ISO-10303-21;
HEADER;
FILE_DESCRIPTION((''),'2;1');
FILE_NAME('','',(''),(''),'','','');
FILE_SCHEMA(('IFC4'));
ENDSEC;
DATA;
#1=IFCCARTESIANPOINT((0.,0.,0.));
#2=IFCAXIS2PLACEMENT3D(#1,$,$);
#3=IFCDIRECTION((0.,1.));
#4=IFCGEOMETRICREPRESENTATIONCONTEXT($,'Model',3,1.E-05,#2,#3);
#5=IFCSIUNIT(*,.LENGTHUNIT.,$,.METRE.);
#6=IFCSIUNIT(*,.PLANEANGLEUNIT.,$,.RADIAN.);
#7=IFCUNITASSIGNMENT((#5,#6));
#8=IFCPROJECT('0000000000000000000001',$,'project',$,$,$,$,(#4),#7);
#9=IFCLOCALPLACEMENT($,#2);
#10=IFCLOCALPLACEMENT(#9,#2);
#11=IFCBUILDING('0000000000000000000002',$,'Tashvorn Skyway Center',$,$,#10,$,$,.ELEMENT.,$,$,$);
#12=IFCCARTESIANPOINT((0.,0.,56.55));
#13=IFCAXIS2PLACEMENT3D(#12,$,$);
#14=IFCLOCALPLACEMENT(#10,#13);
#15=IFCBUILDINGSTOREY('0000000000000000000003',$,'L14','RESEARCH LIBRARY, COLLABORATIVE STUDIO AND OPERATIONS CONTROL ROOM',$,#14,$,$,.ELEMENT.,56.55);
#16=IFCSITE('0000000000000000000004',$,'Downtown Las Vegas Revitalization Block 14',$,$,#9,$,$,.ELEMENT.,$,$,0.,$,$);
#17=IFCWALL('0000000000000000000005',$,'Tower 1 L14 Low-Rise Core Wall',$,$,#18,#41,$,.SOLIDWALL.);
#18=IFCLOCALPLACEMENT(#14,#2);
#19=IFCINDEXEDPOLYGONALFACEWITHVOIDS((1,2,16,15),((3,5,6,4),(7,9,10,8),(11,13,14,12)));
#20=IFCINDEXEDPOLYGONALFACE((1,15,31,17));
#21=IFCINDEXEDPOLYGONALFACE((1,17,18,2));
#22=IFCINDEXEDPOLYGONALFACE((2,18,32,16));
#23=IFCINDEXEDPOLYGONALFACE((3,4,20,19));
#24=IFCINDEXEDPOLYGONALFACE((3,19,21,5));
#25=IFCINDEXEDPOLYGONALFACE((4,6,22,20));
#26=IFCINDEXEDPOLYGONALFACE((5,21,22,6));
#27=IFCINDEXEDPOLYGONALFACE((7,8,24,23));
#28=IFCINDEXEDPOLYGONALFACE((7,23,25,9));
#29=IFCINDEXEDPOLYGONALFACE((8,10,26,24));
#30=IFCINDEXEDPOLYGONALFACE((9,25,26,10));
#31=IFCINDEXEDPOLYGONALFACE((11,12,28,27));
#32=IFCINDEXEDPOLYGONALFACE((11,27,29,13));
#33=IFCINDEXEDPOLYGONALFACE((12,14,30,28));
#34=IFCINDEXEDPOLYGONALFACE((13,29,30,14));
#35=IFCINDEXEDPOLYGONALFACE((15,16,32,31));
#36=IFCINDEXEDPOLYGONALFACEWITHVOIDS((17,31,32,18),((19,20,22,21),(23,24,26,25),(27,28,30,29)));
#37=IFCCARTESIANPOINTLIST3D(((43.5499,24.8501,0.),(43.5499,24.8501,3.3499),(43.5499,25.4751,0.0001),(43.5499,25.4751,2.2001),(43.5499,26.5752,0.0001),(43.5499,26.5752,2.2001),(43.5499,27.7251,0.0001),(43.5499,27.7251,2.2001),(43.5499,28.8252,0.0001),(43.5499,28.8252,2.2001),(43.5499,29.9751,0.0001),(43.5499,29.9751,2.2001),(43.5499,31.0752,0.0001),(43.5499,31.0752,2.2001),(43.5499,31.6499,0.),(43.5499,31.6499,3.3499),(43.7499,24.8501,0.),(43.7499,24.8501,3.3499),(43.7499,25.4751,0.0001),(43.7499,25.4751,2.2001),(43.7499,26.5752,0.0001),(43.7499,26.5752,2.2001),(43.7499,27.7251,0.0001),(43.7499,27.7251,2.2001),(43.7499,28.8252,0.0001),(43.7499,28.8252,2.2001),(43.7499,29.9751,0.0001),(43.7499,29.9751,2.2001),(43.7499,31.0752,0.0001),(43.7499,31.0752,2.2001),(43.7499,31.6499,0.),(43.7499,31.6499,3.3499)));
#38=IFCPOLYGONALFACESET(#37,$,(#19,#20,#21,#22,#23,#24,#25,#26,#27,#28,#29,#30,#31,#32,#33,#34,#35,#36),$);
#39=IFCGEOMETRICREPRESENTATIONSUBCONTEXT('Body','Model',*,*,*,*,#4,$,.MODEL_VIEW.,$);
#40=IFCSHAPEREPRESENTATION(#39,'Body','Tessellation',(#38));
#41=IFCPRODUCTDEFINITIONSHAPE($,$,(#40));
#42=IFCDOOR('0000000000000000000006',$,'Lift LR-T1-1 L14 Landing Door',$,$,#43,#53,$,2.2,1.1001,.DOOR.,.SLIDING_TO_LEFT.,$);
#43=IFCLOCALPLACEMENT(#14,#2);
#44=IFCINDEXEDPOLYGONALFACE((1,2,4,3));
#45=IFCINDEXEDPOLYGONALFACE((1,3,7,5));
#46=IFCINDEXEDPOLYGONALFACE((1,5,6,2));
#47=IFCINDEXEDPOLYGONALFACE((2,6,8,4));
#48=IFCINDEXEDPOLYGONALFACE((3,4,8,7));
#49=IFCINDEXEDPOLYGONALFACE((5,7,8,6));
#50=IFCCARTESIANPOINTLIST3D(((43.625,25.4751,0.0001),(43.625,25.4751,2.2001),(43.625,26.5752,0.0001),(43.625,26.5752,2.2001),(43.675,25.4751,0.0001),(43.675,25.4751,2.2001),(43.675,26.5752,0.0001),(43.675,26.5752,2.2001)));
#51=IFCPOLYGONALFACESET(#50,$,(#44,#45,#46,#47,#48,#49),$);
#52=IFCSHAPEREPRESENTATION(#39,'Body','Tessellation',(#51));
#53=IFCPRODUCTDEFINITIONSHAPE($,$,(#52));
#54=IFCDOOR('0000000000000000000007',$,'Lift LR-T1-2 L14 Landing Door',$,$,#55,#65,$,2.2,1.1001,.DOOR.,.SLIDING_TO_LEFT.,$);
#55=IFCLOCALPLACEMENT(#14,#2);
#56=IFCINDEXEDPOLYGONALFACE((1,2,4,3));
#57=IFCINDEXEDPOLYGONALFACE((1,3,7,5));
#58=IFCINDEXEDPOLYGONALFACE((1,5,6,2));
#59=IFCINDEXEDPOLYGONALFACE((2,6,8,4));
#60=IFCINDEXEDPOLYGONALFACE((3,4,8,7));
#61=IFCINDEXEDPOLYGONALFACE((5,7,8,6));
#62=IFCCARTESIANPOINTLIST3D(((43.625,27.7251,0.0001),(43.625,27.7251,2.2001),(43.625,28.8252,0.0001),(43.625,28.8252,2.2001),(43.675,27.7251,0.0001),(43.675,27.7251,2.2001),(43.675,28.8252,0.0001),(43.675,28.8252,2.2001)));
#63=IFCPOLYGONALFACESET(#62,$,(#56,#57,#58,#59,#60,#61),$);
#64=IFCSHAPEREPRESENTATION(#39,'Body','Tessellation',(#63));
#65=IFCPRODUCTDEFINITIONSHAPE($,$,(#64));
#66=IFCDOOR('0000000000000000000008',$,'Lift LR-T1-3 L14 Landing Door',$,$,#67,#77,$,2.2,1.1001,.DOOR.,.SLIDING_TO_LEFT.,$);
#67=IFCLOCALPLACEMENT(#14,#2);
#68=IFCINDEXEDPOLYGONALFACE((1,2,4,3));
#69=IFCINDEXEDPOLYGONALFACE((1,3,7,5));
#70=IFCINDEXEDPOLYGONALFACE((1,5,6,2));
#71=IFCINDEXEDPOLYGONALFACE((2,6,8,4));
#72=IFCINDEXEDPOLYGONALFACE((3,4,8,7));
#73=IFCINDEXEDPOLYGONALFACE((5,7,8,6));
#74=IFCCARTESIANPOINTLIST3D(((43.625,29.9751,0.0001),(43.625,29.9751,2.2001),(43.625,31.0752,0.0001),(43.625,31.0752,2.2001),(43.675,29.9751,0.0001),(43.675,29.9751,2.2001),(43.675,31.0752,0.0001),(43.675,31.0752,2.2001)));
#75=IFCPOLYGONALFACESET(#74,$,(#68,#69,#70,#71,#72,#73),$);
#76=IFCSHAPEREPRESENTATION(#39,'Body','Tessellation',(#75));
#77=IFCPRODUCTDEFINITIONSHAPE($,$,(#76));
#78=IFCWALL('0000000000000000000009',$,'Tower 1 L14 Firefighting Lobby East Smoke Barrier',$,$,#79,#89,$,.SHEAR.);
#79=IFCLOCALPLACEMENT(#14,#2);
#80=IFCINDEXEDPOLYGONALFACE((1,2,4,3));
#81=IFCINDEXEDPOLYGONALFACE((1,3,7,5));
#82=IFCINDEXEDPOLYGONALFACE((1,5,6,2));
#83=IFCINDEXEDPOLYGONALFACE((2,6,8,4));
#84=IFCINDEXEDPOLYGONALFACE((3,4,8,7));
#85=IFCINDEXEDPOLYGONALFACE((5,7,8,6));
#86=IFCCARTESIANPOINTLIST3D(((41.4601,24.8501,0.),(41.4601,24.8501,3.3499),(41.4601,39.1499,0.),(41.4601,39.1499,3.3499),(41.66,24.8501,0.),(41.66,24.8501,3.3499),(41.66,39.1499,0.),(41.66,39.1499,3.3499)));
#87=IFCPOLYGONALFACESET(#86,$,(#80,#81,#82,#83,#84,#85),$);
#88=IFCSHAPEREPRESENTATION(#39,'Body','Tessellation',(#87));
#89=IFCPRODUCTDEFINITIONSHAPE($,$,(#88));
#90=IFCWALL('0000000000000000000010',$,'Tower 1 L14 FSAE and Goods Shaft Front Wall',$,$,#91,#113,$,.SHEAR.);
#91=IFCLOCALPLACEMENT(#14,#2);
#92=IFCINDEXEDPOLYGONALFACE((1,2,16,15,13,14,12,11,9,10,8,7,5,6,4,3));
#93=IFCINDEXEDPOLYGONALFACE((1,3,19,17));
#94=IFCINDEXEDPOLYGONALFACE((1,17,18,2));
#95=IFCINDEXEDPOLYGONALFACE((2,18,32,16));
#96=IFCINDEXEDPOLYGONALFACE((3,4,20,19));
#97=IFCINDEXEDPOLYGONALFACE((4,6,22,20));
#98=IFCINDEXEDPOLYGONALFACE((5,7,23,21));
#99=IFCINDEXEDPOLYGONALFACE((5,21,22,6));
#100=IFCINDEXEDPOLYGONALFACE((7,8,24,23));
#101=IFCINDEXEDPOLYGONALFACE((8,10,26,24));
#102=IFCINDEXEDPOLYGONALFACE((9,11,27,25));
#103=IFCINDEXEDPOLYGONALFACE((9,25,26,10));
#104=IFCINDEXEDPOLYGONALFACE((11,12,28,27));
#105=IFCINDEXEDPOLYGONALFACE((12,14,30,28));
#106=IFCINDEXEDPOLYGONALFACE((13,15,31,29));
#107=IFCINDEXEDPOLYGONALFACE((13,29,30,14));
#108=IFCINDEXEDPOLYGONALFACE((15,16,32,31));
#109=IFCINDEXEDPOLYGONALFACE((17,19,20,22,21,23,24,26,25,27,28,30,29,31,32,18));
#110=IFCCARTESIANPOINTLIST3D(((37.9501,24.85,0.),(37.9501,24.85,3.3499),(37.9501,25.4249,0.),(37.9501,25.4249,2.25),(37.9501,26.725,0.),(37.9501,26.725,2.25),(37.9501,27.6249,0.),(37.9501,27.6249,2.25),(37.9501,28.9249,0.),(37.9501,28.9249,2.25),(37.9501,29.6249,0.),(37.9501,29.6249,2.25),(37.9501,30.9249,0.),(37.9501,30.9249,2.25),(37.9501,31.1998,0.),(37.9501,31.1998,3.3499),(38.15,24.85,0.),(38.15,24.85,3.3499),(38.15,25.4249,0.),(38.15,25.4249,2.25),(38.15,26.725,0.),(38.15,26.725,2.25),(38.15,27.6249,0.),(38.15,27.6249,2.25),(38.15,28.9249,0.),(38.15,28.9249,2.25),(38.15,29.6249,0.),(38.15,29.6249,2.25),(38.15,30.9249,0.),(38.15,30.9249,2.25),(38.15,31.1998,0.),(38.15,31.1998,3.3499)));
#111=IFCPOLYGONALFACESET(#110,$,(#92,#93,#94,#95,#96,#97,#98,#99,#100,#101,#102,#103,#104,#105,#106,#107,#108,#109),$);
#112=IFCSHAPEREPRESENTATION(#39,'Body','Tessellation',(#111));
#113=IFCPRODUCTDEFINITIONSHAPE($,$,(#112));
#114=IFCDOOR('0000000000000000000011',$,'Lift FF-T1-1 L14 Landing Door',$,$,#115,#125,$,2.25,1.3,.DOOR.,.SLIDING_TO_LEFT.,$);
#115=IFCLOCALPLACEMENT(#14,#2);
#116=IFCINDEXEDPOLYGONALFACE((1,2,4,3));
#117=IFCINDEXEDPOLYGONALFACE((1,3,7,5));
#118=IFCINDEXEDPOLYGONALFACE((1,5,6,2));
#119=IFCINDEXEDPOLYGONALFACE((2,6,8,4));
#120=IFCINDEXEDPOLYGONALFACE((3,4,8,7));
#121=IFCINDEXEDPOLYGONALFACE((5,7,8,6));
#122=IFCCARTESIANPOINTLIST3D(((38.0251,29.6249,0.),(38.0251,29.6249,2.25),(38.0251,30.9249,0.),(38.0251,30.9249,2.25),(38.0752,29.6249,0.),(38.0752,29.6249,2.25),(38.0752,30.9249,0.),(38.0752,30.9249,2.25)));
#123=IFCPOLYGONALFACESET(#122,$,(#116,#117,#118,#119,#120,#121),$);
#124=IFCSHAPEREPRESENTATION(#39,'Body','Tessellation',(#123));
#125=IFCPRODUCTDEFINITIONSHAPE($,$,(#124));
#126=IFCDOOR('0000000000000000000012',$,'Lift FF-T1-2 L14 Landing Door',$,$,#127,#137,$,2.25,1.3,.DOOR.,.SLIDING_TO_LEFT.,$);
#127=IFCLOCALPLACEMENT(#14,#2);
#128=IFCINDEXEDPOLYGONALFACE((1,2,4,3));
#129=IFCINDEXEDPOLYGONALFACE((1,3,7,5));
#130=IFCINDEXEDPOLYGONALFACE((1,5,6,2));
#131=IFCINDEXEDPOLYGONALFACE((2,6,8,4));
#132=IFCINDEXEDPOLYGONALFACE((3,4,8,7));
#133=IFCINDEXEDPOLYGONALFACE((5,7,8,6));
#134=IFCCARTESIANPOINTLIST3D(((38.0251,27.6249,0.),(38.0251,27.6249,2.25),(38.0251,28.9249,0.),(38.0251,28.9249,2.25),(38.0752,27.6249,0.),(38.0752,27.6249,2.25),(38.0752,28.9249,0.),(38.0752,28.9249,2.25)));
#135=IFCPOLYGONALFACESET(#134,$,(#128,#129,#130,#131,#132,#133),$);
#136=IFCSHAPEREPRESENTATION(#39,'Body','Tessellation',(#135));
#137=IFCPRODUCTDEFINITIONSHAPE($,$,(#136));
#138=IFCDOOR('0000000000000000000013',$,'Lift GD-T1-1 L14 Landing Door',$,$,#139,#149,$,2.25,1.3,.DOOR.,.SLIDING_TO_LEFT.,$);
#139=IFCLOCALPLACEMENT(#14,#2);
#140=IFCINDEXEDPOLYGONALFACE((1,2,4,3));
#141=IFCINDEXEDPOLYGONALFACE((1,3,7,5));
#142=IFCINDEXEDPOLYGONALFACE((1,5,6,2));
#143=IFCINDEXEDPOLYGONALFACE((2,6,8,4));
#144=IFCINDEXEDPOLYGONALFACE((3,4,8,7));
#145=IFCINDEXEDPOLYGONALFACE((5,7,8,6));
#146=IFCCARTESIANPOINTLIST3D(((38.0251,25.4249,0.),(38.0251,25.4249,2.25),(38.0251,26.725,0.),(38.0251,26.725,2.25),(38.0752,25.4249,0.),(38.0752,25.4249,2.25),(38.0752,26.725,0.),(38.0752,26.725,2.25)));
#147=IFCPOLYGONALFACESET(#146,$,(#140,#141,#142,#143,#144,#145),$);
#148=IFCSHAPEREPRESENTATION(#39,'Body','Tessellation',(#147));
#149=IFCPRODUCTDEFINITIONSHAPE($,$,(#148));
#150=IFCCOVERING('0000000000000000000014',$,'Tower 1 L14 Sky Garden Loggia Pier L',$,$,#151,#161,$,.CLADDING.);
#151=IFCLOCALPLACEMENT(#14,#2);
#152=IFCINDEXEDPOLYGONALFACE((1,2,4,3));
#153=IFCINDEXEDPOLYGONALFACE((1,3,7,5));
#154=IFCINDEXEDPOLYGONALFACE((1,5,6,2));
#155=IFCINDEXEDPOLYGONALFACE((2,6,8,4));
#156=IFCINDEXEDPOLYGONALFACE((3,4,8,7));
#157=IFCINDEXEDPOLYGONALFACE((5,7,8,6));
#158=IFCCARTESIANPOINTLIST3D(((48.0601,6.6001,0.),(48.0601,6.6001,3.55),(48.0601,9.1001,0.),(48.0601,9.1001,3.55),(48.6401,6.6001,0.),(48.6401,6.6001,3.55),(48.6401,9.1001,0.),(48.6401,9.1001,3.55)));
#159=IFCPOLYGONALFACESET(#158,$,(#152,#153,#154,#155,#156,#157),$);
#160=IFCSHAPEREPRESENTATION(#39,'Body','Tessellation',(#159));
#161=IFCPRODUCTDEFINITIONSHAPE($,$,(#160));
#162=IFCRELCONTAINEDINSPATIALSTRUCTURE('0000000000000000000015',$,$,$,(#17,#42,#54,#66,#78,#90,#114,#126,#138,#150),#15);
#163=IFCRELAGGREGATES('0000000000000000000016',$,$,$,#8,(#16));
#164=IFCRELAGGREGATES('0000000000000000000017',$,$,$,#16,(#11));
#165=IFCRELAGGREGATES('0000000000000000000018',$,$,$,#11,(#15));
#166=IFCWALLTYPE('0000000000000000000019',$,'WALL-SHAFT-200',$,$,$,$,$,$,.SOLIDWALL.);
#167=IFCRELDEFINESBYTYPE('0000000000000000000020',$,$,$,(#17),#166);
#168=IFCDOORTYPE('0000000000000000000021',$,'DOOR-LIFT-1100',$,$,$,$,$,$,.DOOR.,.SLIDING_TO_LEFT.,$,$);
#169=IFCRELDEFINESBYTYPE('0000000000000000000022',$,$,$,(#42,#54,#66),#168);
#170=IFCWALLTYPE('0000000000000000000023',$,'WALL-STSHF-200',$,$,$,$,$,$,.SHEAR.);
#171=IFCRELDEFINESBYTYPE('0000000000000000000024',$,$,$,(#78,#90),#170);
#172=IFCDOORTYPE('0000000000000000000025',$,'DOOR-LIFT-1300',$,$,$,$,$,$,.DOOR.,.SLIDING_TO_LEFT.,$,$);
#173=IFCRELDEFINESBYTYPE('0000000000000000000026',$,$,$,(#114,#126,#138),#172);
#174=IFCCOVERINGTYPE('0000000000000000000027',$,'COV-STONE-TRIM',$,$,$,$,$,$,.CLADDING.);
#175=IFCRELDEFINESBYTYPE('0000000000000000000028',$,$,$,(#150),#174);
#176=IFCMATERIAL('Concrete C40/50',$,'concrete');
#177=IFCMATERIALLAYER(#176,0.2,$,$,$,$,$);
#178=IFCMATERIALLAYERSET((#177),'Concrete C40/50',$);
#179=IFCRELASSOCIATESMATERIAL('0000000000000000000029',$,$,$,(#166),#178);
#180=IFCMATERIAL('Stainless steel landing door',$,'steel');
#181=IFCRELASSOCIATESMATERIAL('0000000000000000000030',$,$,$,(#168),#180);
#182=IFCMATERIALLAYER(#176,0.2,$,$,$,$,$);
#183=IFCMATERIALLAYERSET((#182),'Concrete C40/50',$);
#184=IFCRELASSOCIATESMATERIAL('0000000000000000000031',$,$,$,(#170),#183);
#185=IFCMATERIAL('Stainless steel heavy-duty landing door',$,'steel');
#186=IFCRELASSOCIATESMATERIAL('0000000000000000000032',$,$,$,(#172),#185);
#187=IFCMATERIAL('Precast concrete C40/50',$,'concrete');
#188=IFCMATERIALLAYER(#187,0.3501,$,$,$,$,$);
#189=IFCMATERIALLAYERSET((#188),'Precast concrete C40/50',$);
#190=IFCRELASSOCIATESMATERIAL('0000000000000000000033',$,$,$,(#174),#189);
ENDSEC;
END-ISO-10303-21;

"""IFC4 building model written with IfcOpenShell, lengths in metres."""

from ifc_helpers import new_model, si_unit, direction, frame, frame_2d, origin, origin_2d, place, context, subcontext, project, spatial, rectangle, extrude, material, layer, layer_set, type_object, element, fill, save


model = new_model("IFC4")

# Units and contexts
model_context = context("Model", 3, precision=1e-05, world=origin(), true_north=direction((0.0, 1.0)))
body_context = subcontext(model_context, "Body", "Model", "MODEL_VIEW")
ifc_project = project(units=[si_unit("LENGTHUNIT", "METRE"), si_unit("PLANEANGLEUNIT", "RADIAN")], contexts=[model_context])

# Site, building, storey
site_placement = place(None, origin())
site = spatial("IfcSite", under=ifc_project, at=site_placement, Name="Downtown Las Vegas Revitalization Block 14", CompositionType="ELEMENT", RefElevation=0.0)
building_placement = place(site_placement, origin())
building = spatial("IfcBuilding", under=site, at=building_placement, Name="Tashvorn Skyway Center", CompositionType="ELEMENT")
storey_placement = place(building_placement, frame((0.0, 0.0, 56.55)))
storey = spatial("IfcBuildingStorey", under=building, at=storey_placement, Name="L14", Description="RESEARCH LIBRARY, COLLABORATIVE STUDIO AND OPERATIONS CONTROL ROOM", CompositionType="ELEMENT", Elevation=56.55)

# Wall, openings, doors
ifc_material_1 = material(Name="Concrete C40/50", Category="concrete")
ifc_layer_1 = layer(ifc_material_1, 0.2)
ifc_layer_set_1 = layer_set([ifc_layer_1], Name="Concrete C40/50")
wall_type_1 = type_object("IfcWallType", Name="WALL-SHAFT-200", PredefinedType="SOLIDWALL", material=ifc_layer_set_1)
wall_1_placement = place(storey_placement, frame((43.6499, 24.8501, 0.0), z_axis=(0.0, 0.0, 1.0), x_axis=(0.0, 1.0, 0.0)))
wall_1 = element("IfcWall", 1, at=wall_1_placement, inside=storey, type_object=wall_type_1, Name="Tower 1 L14 Low-Rise Core Wall", PredefinedType="SOLIDWALL", context=body_context, shape_type="SweptSolid", body=[
    extrude(rectangle(XDim=6.7998, YDim=0.2, at=frame_2d((3.3999, 0.0))), origin(), (0.0, 0.0, 1.0), 3.3499),
])
opening_1_placement = place(wall_1_placement, frame((0.625, 0.0, 0.0)))
opening_1 = element("IfcOpeningElement", 2, at=opening_1_placement, cuts=wall_1, PredefinedType="OPENING", context=body_context, shape_type="SweptSolid", body=[
    extrude(rectangle(XDim=1.1001, YDim=2.2, at=frame_2d((0.55, 1.1001))), frame((0.0, 0.1099, 0.0), z_axis=(0.0, -1.0, 0.0), x_axis=(1.0, 0.0, 0.0)), (0.0, 0.0, 1.0), 0.22),
])
opening_2_placement = place(wall_1_placement, frame((2.875, 0.0, 0.0)))
opening_2 = element("IfcOpeningElement", 3, at=opening_2_placement, cuts=wall_1, PredefinedType="OPENING", context=body_context, shape_type="SweptSolid", body=[
    extrude(rectangle(XDim=1.1001, YDim=2.2, at=frame_2d((0.55, 1.1001))), frame((0.0, 0.1099, 0.0), z_axis=(0.0, -1.0, 0.0), x_axis=(1.0, 0.0, 0.0)), (0.0, 0.0, 1.0), 0.22),
])
opening_3_placement = place(wall_1_placement, frame((5.125, 0.0, 0.0)))
opening_3 = element("IfcOpeningElement", 4, at=opening_3_placement, cuts=wall_1, PredefinedType="OPENING", context=body_context, shape_type="SweptSolid", body=[
    extrude(rectangle(XDim=1.1001, YDim=2.2, at=frame_2d((0.55, 1.1001))), frame((0.0, 0.1099, 0.0), z_axis=(0.0, -1.0, 0.0), x_axis=(1.0, 0.0, 0.0)), (0.0, 0.0, 1.0), 0.22),
])
ifc_material_2 = material(Name="Stainless steel landing door", Category="steel")
door_type_1 = type_object("IfcDoorType", Name="DOOR-LIFT-1100", OperationType="SLIDING_TO_LEFT", PredefinedType="DOOR", material=ifc_material_2)
door_1_placement = place(opening_1_placement, origin())
door_1 = element("IfcDoor", 5, at=door_1_placement, inside=storey, type_object=door_type_1, Name="Lift LR-T1-1 L14 Landing Door", OperationType="SLIDING_TO_LEFT", OverallHeight=2.2, OverallWidth=1.1001, PredefinedType="DOOR", context=body_context, shape_type="SweptSolid", body=[
    extrude(rectangle(XDim=1.1001, YDim=2.2, at=frame_2d((0.55, 1.1001))), frame((0.0, 0.0249, 0.0), z_axis=(0.0, -1.0, 0.0), x_axis=(1.0, 0.0, 0.0)), (0.0, 0.0, 1.0), 0.05),
])
fill(opening_1, door_1)
door_2_placement = place(opening_2_placement, origin())
door_2 = element("IfcDoor", 6, at=door_2_placement, inside=storey, type_object=door_type_1, Name="Lift LR-T1-2 L14 Landing Door", OperationType="SLIDING_TO_LEFT", OverallHeight=2.2, OverallWidth=1.1001, PredefinedType="DOOR", context=body_context, shape_type="SweptSolid", body=[
    extrude(rectangle(XDim=1.1001, YDim=2.2, at=frame_2d((0.55, 1.1001))), frame((0.0, 0.0249, 0.0), z_axis=(0.0, -1.0, 0.0), x_axis=(1.0, 0.0, 0.0)), (0.0, 0.0, 1.0), 0.05),
])
fill(opening_2, door_2)
door_3_placement = place(opening_3_placement, origin())
door_3 = element("IfcDoor", 7, at=door_3_placement, inside=storey, type_object=door_type_1, Name="Lift LR-T1-3 L14 Landing Door", OperationType="SLIDING_TO_LEFT", OverallHeight=2.2, OverallWidth=1.1001, PredefinedType="DOOR", context=body_context, shape_type="SweptSolid", body=[
    extrude(rectangle(XDim=1.1001, YDim=2.2, at=frame_2d((0.55, 1.1001))), frame((0.0, 0.0249, 0.0), z_axis=(0.0, -1.0, 0.0), x_axis=(1.0, 0.0, 0.0)), (0.0, 0.0, 1.0), 0.05),
])
fill(opening_3, door_3)

# Wall
ifc_layer_2 = layer(ifc_material_1, 0.2)
ifc_layer_set_2 = layer_set([ifc_layer_2], Name="Concrete C40/50")
wall_type_2 = type_object("IfcWallType", Name="WALL-STSHF-200", PredefinedType="SHEAR", material=ifc_layer_set_2)
wall_2_placement = place(storey_placement, frame((41.5601, 24.8501, 0.0), z_axis=(0.0, 0.0, 1.0), x_axis=(0.0, 1.0, 0.0)))
element("IfcWall", 8, at=wall_2_placement, inside=storey, type_object=wall_type_2, Name="Tower 1 L14 Firefighting Lobby East Smoke Barrier", PredefinedType="SHEAR", context=body_context, shape_type="SweptSolid", body=[
    extrude(rectangle(XDim=14.2998, YDim=0.2, at=frame_2d((7.1499, 0.0))), origin(), (0.0, 0.0, 1.0), 3.3499),
])

# Wall, openings, doors
wall_3_placement = place(storey_placement, frame((38.05, 24.8501, 0.0), z_axis=(0.0, 0.0, 1.0), x_axis=(0.0, 1.0, 0.0)))
wall_3 = element("IfcWall", 9, at=wall_3_placement, inside=storey, type_object=wall_type_2, Name="Tower 1 L14 FSAE and Goods Shaft Front Wall", PredefinedType="SHEAR", context=body_context, shape_type="SweptSolid", body=[
    extrude(rectangle(XDim=6.3499, YDim=0.2, at=frame_2d((3.1748, 0.0))), origin(), (0.0, 0.0, 1.0), 3.3499),
])
opening_4_placement = place(wall_3_placement, frame((4.7749, 0.0, 0.0)))
opening_4 = element("IfcOpeningElement", 10, at=opening_4_placement, cuts=wall_3, PredefinedType="OPENING", context=body_context, shape_type="SweptSolid", body=[
    extrude(rectangle(XDim=1.3, YDim=2.25, at=frame_2d((0.6499, 1.125))), frame((0.0, 0.1099, 0.0), z_axis=(0.0, -1.0, 0.0), x_axis=(1.0, 0.0, 0.0)), (0.0, 0.0, 1.0), 0.22),
])
opening_5_placement = place(wall_3_placement, frame((2.7749, 0.0, 0.0)))
opening_5 = element("IfcOpeningElement", 11, at=opening_5_placement, cuts=wall_3, PredefinedType="OPENING", context=body_context, shape_type="SweptSolid", body=[
    extrude(rectangle(XDim=1.3, YDim=2.25, at=frame_2d((0.6499, 1.125))), frame((0.0, 0.1099, 0.0), z_axis=(0.0, -1.0, 0.0), x_axis=(1.0, 0.0, 0.0)), (0.0, 0.0, 1.0), 0.22),
])
opening_6_placement = place(wall_3_placement, frame((0.575, 0.0, 0.0)))
opening_6 = element("IfcOpeningElement", 12, at=opening_6_placement, cuts=wall_3, PredefinedType="OPENING", context=body_context, shape_type="SweptSolid", body=[
    extrude(rectangle(XDim=1.3, YDim=2.25, at=frame_2d((0.6499, 1.125))), frame((0.0, 0.1099, 0.0), z_axis=(0.0, -1.0, 0.0), x_axis=(1.0, 0.0, 0.0)), (0.0, 0.0, 1.0), 0.22),
])
ifc_material_3 = material(Name="Stainless steel heavy-duty landing door", Category="steel")
door_type_2 = type_object("IfcDoorType", Name="DOOR-LIFT-1300", OperationType="SLIDING_TO_LEFT", PredefinedType="DOOR", material=ifc_material_3)
door_4_placement = place(opening_4_placement, origin())
door_4 = element("IfcDoor", 13, at=door_4_placement, inside=storey, type_object=door_type_2, Name="Lift FF-T1-1 L14 Landing Door", OperationType="SLIDING_TO_LEFT", OverallHeight=2.25, OverallWidth=1.3, PredefinedType="DOOR", context=body_context, shape_type="SweptSolid", body=[
    extrude(rectangle(XDim=1.3, YDim=2.25, at=frame_2d((0.6499, 1.125))), frame((0.0, 0.0249, 0.0), z_axis=(0.0, -1.0, 0.0), x_axis=(1.0, 0.0, 0.0)), (0.0, 0.0, 1.0), 0.05),
])
fill(opening_4, door_4)
door_5_placement = place(opening_5_placement, origin())
door_5 = element("IfcDoor", 14, at=door_5_placement, inside=storey, type_object=door_type_2, Name="Lift FF-T1-2 L14 Landing Door", OperationType="SLIDING_TO_LEFT", OverallHeight=2.25, OverallWidth=1.3, PredefinedType="DOOR", context=body_context, shape_type="SweptSolid", body=[
    extrude(rectangle(XDim=1.3, YDim=2.25, at=frame_2d((0.6499, 1.125))), frame((0.0, 0.0249, 0.0), z_axis=(0.0, -1.0, 0.0), x_axis=(1.0, 0.0, 0.0)), (0.0, 0.0, 1.0), 0.05),
])
fill(opening_5, door_5)
door_6_placement = place(opening_6_placement, origin())
door_6 = element("IfcDoor", 15, at=door_6_placement, inside=storey, type_object=door_type_2, Name="Lift GD-T1-1 L14 Landing Door", OperationType="SLIDING_TO_LEFT", OverallHeight=2.25, OverallWidth=1.3, PredefinedType="DOOR", context=body_context, shape_type="SweptSolid", body=[
    extrude(rectangle(XDim=1.3, YDim=2.25, at=frame_2d((0.6499, 1.125))), frame((0.0, 0.0249, 0.0), z_axis=(0.0, -1.0, 0.0), x_axis=(1.0, 0.0, 0.0)), (0.0, 0.0, 1.0), 0.05),
])
fill(opening_6, door_6)

# Covering
ifc_material_4 = material(Name="Precast concrete C40/50", Category="concrete")
ifc_layer_3 = layer(ifc_material_4, 0.3501)
ifc_layer_set_3 = layer_set([ifc_layer_3], Name="Precast concrete C40/50")
covering_type = type_object("IfcCoveringType", Name="COV-STONE-TRIM", PredefinedType="CLADDING", material=ifc_layer_set_3)
covering_1_placement = place(storey_placement, frame((48.3501, 7.8501, 0.0), z_axis=(0.0, 0.0, 1.0), x_axis=(-1.0, 0.0, 0.0)))
element("IfcCovering", 16, at=covering_1_placement, inside=storey, type_object=covering_type, Name="Tower 1 L14 Sky Garden Loggia Pier L", PredefinedType="CLADDING", context=body_context, shape_type="SweptSolid", body=[
    extrude(rectangle(XDim=0.5801, YDim=2.5, at=origin_2d()), origin(), (0.0, 0.0, 1.0), 3.55),
])

save(model, "model.ifc")
